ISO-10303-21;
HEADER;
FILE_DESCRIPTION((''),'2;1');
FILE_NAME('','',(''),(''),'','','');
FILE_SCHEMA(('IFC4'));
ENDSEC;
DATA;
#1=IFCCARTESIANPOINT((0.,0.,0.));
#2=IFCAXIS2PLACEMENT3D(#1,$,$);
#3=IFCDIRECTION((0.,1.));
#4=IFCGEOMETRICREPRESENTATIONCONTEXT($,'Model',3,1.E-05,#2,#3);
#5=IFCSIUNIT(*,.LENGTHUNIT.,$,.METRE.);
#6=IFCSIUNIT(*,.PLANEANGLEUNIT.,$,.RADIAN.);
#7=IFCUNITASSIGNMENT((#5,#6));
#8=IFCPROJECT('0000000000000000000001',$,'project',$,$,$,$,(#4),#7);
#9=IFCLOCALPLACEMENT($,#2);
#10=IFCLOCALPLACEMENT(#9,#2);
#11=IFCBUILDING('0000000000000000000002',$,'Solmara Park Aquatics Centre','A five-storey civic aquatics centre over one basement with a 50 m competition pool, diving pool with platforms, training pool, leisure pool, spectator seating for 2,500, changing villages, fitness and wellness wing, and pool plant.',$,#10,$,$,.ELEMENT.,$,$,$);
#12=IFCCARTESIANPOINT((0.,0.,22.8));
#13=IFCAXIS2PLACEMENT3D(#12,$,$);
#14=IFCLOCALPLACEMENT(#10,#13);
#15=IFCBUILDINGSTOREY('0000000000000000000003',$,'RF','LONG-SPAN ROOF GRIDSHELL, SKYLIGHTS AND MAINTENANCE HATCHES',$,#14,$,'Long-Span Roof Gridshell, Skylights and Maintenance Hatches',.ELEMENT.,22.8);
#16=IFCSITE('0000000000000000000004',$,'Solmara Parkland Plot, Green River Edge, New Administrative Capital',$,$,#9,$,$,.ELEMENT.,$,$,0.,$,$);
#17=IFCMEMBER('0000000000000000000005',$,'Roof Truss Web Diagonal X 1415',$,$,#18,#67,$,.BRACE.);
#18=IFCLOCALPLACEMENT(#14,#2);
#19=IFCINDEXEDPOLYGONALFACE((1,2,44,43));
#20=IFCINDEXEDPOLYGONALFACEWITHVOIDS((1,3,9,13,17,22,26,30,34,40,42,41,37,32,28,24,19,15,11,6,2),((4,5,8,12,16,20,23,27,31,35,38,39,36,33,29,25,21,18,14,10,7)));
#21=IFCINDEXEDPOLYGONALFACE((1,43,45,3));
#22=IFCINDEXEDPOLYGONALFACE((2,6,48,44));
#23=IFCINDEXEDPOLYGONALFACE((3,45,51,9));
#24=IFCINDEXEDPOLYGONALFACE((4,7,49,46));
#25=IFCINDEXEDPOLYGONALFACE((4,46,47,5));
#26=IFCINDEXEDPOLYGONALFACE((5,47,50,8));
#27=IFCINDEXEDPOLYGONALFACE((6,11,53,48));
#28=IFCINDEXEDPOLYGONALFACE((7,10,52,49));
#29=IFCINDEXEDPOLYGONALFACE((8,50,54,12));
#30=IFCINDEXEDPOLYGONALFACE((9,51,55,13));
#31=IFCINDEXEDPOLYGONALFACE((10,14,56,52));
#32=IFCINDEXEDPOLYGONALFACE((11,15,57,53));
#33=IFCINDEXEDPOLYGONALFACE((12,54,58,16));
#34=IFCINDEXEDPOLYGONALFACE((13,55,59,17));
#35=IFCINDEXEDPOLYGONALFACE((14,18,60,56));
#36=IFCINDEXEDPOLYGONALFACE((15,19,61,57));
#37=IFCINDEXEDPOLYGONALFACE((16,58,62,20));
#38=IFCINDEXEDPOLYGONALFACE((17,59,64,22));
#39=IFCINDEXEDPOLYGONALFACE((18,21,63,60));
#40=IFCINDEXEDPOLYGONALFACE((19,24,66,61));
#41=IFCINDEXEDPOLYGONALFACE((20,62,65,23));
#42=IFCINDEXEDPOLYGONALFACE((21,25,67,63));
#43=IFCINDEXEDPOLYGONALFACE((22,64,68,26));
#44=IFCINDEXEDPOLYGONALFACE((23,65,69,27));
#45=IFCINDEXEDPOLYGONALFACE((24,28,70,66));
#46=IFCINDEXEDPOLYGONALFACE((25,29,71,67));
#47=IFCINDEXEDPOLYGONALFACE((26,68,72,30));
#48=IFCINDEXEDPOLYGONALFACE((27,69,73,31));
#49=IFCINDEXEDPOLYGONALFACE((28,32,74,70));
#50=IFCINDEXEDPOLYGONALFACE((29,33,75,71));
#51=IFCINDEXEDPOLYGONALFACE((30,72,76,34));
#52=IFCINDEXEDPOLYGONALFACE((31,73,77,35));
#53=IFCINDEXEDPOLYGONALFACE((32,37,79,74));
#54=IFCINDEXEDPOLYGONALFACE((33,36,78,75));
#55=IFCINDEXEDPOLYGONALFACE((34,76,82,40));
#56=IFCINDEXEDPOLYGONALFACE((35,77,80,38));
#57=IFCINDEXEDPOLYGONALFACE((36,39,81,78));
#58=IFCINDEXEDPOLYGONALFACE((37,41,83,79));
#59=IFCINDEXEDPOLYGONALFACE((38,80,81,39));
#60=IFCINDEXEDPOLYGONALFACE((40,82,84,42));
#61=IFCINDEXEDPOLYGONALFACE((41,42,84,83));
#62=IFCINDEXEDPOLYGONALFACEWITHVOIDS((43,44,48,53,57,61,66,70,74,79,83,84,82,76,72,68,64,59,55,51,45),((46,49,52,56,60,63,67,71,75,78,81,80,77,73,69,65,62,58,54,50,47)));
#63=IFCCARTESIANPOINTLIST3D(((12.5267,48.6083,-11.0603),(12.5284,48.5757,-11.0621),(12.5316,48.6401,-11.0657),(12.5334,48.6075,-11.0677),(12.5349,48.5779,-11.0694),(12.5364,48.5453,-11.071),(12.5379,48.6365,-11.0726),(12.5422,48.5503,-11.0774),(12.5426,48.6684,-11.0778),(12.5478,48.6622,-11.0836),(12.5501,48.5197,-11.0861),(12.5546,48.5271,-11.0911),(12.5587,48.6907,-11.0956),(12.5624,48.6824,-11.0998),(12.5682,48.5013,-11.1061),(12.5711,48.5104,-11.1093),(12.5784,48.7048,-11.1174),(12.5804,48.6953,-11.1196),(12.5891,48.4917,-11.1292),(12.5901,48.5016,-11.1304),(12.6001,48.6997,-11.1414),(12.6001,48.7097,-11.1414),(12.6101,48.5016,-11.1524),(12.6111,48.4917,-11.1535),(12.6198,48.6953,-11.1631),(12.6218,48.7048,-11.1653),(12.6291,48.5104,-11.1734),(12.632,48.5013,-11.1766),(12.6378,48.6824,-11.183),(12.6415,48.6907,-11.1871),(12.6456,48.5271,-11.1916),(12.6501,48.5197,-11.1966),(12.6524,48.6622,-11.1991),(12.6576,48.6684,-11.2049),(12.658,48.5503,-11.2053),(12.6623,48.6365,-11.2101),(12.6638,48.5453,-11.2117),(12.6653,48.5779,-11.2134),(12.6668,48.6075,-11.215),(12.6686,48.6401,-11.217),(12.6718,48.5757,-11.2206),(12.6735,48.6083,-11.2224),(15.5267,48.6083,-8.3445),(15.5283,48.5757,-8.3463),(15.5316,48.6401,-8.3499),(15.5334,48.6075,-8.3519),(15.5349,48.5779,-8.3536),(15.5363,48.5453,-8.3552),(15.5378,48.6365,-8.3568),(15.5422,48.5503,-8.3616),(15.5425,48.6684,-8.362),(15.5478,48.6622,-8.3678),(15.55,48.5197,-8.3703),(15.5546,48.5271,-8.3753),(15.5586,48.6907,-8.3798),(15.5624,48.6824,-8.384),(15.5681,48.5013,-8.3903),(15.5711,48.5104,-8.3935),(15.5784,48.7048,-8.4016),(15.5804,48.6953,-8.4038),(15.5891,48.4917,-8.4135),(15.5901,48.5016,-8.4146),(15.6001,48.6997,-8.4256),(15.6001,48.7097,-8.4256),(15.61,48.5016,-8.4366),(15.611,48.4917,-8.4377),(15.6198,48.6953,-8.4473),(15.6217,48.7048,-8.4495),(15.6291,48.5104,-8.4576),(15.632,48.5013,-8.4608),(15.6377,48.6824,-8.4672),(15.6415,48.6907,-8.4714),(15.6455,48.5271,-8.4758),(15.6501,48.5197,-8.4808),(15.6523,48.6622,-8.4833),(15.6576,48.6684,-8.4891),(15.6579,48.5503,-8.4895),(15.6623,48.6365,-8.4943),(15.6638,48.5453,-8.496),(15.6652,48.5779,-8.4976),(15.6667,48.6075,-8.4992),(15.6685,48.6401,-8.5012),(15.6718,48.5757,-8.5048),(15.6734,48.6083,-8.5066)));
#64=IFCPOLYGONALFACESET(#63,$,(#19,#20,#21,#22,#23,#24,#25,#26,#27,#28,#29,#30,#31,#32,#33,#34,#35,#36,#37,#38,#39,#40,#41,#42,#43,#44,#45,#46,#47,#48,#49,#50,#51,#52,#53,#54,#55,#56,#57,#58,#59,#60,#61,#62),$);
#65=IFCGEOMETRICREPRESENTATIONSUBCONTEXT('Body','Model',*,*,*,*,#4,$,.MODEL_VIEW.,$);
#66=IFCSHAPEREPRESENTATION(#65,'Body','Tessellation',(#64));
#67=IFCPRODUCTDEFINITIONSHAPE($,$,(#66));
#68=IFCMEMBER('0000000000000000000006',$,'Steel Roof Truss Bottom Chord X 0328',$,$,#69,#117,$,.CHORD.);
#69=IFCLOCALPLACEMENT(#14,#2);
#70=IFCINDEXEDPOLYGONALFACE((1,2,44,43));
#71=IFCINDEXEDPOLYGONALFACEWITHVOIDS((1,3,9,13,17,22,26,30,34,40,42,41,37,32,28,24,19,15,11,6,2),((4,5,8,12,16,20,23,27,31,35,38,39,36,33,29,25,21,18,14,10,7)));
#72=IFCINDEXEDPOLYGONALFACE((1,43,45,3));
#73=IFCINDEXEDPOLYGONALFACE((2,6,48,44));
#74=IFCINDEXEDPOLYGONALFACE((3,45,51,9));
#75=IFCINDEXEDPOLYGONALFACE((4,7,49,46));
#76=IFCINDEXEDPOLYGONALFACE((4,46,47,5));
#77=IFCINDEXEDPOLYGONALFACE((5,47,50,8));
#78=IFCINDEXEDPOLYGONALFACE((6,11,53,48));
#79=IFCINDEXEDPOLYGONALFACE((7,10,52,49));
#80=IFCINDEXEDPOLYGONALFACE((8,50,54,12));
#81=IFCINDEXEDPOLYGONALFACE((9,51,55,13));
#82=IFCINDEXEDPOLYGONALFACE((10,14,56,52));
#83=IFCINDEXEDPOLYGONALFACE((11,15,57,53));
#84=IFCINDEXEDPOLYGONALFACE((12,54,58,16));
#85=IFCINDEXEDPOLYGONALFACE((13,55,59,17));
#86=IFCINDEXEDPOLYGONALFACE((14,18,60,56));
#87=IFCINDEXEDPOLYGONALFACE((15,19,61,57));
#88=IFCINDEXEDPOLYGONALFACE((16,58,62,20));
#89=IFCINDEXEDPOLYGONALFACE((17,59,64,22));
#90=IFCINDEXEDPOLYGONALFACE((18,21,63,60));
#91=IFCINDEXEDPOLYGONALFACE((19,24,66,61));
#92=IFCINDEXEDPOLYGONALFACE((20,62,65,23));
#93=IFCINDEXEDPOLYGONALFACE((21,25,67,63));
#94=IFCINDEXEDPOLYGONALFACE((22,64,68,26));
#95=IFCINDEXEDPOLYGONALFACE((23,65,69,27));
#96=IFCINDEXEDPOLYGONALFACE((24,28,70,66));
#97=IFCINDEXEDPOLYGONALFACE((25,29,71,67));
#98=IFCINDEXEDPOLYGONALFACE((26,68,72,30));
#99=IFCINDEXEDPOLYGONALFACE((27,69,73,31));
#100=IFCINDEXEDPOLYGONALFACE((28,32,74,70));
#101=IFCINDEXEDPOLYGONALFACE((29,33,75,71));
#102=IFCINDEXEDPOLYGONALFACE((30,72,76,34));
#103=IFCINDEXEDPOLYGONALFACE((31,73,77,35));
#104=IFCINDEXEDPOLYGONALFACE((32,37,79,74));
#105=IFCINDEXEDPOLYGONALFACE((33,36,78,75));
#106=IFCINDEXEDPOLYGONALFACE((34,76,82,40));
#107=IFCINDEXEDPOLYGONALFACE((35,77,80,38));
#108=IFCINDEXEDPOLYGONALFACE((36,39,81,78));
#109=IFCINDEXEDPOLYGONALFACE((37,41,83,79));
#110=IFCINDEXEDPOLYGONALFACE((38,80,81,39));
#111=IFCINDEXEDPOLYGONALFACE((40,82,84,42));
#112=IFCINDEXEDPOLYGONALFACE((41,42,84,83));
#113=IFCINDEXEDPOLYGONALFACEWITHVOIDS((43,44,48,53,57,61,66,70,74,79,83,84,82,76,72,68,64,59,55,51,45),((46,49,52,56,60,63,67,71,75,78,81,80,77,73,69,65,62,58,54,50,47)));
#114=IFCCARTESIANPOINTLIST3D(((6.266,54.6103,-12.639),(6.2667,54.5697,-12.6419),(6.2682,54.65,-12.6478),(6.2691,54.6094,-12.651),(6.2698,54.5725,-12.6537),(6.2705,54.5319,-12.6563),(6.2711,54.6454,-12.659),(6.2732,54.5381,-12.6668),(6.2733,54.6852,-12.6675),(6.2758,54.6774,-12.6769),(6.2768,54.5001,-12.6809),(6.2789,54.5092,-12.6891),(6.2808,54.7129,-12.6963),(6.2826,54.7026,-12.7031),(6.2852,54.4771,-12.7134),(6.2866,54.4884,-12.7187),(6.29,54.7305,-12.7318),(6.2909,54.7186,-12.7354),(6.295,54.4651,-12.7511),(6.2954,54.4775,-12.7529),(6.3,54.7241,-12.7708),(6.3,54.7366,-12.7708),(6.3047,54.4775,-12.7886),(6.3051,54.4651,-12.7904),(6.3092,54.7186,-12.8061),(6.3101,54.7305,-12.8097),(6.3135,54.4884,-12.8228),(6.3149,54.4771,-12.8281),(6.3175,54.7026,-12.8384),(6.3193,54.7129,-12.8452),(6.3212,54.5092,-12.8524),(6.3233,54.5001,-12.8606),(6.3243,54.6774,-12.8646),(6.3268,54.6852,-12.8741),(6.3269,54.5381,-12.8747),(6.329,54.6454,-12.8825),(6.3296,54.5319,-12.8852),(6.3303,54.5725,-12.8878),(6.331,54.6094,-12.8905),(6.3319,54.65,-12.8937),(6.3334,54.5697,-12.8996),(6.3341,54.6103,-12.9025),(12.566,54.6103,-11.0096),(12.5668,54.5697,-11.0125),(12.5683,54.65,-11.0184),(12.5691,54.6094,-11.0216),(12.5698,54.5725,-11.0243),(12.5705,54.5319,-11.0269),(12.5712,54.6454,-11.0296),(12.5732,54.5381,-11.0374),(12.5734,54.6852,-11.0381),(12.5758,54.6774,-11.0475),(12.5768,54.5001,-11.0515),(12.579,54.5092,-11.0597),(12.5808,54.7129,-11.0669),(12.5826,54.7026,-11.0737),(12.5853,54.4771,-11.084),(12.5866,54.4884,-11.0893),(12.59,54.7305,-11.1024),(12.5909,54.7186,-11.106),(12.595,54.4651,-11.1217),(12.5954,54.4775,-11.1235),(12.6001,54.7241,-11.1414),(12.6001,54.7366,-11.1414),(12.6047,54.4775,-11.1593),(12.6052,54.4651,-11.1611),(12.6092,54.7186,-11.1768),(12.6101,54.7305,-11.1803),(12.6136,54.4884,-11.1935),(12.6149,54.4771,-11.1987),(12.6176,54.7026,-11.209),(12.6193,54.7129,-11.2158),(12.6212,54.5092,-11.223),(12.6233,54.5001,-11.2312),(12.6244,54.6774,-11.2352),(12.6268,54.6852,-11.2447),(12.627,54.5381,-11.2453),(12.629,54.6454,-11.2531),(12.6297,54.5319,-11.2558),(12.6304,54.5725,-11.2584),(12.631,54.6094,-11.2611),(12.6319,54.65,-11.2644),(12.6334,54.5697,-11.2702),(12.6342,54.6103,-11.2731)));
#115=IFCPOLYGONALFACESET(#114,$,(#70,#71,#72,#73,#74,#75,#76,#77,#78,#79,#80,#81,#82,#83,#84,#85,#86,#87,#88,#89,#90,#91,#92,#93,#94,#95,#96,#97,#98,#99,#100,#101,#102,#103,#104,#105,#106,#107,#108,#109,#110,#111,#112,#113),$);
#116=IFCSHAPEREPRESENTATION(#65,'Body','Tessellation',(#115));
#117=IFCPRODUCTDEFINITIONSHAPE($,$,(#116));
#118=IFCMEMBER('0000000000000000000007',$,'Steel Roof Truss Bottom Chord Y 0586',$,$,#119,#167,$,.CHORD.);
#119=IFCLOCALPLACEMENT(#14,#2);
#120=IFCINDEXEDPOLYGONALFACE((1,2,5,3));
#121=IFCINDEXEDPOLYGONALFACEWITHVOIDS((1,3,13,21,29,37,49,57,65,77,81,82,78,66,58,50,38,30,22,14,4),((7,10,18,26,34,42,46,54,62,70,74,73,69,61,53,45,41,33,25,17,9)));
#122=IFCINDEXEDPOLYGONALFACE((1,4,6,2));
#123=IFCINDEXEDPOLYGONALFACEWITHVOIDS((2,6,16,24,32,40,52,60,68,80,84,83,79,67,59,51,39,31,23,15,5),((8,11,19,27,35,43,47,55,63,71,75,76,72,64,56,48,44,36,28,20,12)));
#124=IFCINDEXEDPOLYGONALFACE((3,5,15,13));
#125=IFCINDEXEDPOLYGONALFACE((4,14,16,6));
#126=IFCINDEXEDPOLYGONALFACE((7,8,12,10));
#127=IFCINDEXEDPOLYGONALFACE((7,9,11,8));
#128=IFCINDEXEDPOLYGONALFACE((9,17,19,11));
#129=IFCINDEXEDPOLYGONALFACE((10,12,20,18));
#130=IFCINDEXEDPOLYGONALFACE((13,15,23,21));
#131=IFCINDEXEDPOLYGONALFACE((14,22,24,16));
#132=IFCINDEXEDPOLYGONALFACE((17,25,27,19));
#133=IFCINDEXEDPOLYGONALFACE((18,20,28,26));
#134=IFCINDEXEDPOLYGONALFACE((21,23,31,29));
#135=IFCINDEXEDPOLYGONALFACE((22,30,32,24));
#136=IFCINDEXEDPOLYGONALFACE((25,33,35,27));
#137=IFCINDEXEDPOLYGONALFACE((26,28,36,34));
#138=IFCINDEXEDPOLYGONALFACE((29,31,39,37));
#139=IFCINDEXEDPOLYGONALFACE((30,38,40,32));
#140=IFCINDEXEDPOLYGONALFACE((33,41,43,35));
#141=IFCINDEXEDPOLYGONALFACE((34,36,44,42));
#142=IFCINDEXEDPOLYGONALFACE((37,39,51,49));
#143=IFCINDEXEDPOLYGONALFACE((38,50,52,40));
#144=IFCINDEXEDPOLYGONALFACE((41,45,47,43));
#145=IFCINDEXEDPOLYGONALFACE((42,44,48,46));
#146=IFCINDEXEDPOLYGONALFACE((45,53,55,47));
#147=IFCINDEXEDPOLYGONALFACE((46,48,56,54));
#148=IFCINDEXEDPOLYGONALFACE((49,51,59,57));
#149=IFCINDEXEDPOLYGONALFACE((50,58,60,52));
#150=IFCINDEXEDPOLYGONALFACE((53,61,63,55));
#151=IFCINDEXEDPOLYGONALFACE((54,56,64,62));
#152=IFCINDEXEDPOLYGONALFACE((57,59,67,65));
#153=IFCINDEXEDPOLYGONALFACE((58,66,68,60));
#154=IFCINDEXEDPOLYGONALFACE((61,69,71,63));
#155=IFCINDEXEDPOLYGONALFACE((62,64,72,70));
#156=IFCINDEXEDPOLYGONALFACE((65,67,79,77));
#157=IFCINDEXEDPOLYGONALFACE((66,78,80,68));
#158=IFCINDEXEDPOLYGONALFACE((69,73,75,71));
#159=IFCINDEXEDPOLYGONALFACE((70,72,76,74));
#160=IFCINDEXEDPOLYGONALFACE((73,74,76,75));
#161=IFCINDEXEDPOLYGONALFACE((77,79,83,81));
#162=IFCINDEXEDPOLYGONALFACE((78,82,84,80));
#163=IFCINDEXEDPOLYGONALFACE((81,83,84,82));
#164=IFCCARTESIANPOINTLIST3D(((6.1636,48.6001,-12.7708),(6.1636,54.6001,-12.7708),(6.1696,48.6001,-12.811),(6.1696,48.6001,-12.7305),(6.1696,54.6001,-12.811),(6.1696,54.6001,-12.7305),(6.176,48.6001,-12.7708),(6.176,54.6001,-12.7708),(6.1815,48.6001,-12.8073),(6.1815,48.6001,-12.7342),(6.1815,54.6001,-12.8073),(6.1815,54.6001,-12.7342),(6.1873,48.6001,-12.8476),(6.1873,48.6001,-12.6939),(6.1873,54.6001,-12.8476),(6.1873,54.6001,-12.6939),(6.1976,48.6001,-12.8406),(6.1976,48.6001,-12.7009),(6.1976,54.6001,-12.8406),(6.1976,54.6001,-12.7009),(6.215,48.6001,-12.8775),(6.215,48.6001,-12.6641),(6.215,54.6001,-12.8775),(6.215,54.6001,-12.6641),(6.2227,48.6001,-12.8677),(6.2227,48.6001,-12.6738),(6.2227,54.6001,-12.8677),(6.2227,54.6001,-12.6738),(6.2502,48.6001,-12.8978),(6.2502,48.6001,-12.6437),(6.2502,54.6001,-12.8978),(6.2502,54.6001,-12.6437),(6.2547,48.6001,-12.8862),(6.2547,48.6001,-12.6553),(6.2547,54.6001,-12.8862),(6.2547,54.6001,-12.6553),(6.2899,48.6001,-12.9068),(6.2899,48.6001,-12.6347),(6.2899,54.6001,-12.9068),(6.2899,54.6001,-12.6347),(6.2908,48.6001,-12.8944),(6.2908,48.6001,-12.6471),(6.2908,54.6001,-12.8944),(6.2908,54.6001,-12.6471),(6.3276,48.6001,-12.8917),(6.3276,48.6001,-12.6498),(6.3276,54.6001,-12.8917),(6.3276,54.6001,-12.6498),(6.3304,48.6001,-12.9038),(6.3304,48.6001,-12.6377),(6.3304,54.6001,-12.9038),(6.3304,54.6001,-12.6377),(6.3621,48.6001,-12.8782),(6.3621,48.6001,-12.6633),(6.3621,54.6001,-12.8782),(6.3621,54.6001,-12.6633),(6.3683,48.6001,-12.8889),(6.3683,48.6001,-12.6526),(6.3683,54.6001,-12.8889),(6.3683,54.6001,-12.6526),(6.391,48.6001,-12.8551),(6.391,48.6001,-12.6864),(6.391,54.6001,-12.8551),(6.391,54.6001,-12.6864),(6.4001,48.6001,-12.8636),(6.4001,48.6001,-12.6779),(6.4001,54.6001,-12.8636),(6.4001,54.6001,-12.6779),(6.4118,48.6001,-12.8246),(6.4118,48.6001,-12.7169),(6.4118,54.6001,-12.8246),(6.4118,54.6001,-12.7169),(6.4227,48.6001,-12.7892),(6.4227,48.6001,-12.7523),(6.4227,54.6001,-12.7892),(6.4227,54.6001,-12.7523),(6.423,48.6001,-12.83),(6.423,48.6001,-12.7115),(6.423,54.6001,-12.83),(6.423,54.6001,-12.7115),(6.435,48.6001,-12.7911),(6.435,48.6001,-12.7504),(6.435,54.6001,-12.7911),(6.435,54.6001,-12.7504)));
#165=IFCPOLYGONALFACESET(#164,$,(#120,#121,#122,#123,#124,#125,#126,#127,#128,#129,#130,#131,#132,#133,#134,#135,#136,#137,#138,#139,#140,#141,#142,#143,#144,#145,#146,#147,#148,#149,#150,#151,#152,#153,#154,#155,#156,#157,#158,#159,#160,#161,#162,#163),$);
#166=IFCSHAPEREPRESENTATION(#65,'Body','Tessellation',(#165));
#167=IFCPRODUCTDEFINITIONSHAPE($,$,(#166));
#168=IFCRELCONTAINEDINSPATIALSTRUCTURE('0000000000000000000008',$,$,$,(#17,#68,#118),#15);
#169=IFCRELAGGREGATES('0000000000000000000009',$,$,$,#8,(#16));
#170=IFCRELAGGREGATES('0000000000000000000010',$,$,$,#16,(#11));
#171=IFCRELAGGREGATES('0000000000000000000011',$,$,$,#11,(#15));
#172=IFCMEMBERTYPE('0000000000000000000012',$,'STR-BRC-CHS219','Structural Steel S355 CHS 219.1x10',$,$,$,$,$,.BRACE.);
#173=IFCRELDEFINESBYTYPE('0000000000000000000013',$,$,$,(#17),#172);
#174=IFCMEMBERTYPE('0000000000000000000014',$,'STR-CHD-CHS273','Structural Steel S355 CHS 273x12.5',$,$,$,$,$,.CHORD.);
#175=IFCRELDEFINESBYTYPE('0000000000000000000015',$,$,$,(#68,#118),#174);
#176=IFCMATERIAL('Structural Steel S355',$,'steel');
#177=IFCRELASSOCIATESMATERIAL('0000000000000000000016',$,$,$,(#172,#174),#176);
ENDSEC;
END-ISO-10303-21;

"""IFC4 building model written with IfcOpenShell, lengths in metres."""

from ifc_helpers import new_model, si_unit, direction, frame, origin, origin_2d, place, context, subcontext, project, spatial, hollow_circle, extrude, material, material_profile, profile_set, type_object, element, save


model = new_model("IFC4")

# Units and contexts
model_context = context("Model", 3, precision=1e-05, world=origin(), true_north=direction((0.0, 1.0)))
body_context = subcontext(model_context, "Body", "Model", "MODEL_VIEW")
ifc_project = project(units=[si_unit("LENGTHUNIT", "METRE"), si_unit("PLANEANGLEUNIT", "RADIAN")], contexts=[model_context])

# Site, building, storey
site_placement = place(None, origin())
site = spatial("IfcSite", under=ifc_project, at=site_placement, Name="Solmara Parkland Plot, Green River Edge, New Administrative Capital", CompositionType="ELEMENT", RefElevation=0.0)
building_placement = place(site_placement, origin())
building = spatial("IfcBuilding", under=site, at=building_placement, Name="Solmara Park Aquatics Centre", Description="A five-storey civic aquatics centre over one basement with a 50 m competition pool, diving pool with platforms, training pool, leisure pool, spectator seating for 2,500, changing villages, fitness and wellness wing, and pool plant.", CompositionType="ELEMENT")
storey_placement = place(building_placement, frame((0.0, 0.0, 22.8)))
storey = spatial("IfcBuildingStorey", under=building, at=storey_placement, Name="RF", Description="LONG-SPAN ROOF GRIDSHELL, SKYLIGHTS AND MAINTENANCE HATCHES", LongName="Long-Span Roof Gridshell, Skylights and Maintenance Hatches", CompositionType="ELEMENT", Elevation=22.8)

# Members
ifc_material_1 = material(Name="Structural Steel S355", Category="steel")
ifc_material_profile_1 = material_profile(ifc_material_1, hollow_circle(Radius=0.1096, WallThickness=0.01, at=origin_2d()), Name="CHS 219.1x10")
ifc_profile_set_1 = profile_set([ifc_material_profile_1], Name="Structural Steel S355")
member_type_1 = type_object("IfcMemberType", Name="STR-BRC-CHS219", Description="Structural Steel S355 CHS 219.1x10", PredefinedType="BRACE", material=ifc_profile_set_1)
member_1_placement = place(storey_placement, frame((12.6001, 48.6001, -11.1414), z_axis=(0.741347, 0.0, 0.671122), x_axis=(0.0, 1.0, 0.0)))
element("IfcMember", 1, at=member_1_placement, inside=storey, type_object=member_type_1, Name="Roof Truss Web Diagonal X 1415", PredefinedType="BRACE", context=body_context, shape_type="SweptSolid", body=[
    extrude(hollow_circle(Radius=0.1096, WallThickness=0.01, at=origin_2d()), origin(), (0.0, 0.0, 1.0), 4.0466),
])
ifc_material_profile_2 = material_profile(ifc_material_1, hollow_circle(Radius=0.1365, WallThickness=0.0125, at=origin_2d()), Name="CHS 273x12.5")
ifc_profile_set_2 = profile_set([ifc_material_profile_2], Name="Structural Steel S355")
member_type_2 = type_object("IfcMemberType", Name="STR-CHD-CHS273", Description="Structural Steel S355 CHS 273x12.5", PredefinedType="CHORD", material=ifc_profile_set_2)
member_2_placement = place(storey_placement, frame((6.3, 54.6001, -12.7708), z_axis=(0.968144, 0.0, 0.250393), x_axis=(0.0, 1.0, 0.0)))
element("IfcMember", 2, at=member_2_placement, inside=storey, type_object=member_type_2, Name="Steel Roof Truss Bottom Chord X 0328", PredefinedType="CHORD", context=body_context, shape_type="SweptSolid", body=[
    extrude(hollow_circle(Radius=0.1365, WallThickness=0.0125, at=origin_2d()), origin(), (0.0, 0.0, 1.0), 6.5073),
])
for number, where, z_axis, x_axis, name in (
    (3, (6.3, 48.6001, -12.7708), (0.0, 1.0, 0.0), (-1.0, 0.0, 0.0), "Steel Roof Truss Bottom Chord Y 0586"),
):
    element("IfcMember", number, at=place(storey_placement, frame(where, z_axis=z_axis, x_axis=x_axis)), inside=storey, type_object=member_type_2, Name=name, PredefinedType="CHORD", context=body_context, shape_type="SweptSolid", body=[
        extrude(hollow_circle(Radius=0.1365, WallThickness=0.0125, at=origin_2d()), origin(), (0.0, 0.0, 1.0), 6.0),
    ])

save(model, "model.ifc")
